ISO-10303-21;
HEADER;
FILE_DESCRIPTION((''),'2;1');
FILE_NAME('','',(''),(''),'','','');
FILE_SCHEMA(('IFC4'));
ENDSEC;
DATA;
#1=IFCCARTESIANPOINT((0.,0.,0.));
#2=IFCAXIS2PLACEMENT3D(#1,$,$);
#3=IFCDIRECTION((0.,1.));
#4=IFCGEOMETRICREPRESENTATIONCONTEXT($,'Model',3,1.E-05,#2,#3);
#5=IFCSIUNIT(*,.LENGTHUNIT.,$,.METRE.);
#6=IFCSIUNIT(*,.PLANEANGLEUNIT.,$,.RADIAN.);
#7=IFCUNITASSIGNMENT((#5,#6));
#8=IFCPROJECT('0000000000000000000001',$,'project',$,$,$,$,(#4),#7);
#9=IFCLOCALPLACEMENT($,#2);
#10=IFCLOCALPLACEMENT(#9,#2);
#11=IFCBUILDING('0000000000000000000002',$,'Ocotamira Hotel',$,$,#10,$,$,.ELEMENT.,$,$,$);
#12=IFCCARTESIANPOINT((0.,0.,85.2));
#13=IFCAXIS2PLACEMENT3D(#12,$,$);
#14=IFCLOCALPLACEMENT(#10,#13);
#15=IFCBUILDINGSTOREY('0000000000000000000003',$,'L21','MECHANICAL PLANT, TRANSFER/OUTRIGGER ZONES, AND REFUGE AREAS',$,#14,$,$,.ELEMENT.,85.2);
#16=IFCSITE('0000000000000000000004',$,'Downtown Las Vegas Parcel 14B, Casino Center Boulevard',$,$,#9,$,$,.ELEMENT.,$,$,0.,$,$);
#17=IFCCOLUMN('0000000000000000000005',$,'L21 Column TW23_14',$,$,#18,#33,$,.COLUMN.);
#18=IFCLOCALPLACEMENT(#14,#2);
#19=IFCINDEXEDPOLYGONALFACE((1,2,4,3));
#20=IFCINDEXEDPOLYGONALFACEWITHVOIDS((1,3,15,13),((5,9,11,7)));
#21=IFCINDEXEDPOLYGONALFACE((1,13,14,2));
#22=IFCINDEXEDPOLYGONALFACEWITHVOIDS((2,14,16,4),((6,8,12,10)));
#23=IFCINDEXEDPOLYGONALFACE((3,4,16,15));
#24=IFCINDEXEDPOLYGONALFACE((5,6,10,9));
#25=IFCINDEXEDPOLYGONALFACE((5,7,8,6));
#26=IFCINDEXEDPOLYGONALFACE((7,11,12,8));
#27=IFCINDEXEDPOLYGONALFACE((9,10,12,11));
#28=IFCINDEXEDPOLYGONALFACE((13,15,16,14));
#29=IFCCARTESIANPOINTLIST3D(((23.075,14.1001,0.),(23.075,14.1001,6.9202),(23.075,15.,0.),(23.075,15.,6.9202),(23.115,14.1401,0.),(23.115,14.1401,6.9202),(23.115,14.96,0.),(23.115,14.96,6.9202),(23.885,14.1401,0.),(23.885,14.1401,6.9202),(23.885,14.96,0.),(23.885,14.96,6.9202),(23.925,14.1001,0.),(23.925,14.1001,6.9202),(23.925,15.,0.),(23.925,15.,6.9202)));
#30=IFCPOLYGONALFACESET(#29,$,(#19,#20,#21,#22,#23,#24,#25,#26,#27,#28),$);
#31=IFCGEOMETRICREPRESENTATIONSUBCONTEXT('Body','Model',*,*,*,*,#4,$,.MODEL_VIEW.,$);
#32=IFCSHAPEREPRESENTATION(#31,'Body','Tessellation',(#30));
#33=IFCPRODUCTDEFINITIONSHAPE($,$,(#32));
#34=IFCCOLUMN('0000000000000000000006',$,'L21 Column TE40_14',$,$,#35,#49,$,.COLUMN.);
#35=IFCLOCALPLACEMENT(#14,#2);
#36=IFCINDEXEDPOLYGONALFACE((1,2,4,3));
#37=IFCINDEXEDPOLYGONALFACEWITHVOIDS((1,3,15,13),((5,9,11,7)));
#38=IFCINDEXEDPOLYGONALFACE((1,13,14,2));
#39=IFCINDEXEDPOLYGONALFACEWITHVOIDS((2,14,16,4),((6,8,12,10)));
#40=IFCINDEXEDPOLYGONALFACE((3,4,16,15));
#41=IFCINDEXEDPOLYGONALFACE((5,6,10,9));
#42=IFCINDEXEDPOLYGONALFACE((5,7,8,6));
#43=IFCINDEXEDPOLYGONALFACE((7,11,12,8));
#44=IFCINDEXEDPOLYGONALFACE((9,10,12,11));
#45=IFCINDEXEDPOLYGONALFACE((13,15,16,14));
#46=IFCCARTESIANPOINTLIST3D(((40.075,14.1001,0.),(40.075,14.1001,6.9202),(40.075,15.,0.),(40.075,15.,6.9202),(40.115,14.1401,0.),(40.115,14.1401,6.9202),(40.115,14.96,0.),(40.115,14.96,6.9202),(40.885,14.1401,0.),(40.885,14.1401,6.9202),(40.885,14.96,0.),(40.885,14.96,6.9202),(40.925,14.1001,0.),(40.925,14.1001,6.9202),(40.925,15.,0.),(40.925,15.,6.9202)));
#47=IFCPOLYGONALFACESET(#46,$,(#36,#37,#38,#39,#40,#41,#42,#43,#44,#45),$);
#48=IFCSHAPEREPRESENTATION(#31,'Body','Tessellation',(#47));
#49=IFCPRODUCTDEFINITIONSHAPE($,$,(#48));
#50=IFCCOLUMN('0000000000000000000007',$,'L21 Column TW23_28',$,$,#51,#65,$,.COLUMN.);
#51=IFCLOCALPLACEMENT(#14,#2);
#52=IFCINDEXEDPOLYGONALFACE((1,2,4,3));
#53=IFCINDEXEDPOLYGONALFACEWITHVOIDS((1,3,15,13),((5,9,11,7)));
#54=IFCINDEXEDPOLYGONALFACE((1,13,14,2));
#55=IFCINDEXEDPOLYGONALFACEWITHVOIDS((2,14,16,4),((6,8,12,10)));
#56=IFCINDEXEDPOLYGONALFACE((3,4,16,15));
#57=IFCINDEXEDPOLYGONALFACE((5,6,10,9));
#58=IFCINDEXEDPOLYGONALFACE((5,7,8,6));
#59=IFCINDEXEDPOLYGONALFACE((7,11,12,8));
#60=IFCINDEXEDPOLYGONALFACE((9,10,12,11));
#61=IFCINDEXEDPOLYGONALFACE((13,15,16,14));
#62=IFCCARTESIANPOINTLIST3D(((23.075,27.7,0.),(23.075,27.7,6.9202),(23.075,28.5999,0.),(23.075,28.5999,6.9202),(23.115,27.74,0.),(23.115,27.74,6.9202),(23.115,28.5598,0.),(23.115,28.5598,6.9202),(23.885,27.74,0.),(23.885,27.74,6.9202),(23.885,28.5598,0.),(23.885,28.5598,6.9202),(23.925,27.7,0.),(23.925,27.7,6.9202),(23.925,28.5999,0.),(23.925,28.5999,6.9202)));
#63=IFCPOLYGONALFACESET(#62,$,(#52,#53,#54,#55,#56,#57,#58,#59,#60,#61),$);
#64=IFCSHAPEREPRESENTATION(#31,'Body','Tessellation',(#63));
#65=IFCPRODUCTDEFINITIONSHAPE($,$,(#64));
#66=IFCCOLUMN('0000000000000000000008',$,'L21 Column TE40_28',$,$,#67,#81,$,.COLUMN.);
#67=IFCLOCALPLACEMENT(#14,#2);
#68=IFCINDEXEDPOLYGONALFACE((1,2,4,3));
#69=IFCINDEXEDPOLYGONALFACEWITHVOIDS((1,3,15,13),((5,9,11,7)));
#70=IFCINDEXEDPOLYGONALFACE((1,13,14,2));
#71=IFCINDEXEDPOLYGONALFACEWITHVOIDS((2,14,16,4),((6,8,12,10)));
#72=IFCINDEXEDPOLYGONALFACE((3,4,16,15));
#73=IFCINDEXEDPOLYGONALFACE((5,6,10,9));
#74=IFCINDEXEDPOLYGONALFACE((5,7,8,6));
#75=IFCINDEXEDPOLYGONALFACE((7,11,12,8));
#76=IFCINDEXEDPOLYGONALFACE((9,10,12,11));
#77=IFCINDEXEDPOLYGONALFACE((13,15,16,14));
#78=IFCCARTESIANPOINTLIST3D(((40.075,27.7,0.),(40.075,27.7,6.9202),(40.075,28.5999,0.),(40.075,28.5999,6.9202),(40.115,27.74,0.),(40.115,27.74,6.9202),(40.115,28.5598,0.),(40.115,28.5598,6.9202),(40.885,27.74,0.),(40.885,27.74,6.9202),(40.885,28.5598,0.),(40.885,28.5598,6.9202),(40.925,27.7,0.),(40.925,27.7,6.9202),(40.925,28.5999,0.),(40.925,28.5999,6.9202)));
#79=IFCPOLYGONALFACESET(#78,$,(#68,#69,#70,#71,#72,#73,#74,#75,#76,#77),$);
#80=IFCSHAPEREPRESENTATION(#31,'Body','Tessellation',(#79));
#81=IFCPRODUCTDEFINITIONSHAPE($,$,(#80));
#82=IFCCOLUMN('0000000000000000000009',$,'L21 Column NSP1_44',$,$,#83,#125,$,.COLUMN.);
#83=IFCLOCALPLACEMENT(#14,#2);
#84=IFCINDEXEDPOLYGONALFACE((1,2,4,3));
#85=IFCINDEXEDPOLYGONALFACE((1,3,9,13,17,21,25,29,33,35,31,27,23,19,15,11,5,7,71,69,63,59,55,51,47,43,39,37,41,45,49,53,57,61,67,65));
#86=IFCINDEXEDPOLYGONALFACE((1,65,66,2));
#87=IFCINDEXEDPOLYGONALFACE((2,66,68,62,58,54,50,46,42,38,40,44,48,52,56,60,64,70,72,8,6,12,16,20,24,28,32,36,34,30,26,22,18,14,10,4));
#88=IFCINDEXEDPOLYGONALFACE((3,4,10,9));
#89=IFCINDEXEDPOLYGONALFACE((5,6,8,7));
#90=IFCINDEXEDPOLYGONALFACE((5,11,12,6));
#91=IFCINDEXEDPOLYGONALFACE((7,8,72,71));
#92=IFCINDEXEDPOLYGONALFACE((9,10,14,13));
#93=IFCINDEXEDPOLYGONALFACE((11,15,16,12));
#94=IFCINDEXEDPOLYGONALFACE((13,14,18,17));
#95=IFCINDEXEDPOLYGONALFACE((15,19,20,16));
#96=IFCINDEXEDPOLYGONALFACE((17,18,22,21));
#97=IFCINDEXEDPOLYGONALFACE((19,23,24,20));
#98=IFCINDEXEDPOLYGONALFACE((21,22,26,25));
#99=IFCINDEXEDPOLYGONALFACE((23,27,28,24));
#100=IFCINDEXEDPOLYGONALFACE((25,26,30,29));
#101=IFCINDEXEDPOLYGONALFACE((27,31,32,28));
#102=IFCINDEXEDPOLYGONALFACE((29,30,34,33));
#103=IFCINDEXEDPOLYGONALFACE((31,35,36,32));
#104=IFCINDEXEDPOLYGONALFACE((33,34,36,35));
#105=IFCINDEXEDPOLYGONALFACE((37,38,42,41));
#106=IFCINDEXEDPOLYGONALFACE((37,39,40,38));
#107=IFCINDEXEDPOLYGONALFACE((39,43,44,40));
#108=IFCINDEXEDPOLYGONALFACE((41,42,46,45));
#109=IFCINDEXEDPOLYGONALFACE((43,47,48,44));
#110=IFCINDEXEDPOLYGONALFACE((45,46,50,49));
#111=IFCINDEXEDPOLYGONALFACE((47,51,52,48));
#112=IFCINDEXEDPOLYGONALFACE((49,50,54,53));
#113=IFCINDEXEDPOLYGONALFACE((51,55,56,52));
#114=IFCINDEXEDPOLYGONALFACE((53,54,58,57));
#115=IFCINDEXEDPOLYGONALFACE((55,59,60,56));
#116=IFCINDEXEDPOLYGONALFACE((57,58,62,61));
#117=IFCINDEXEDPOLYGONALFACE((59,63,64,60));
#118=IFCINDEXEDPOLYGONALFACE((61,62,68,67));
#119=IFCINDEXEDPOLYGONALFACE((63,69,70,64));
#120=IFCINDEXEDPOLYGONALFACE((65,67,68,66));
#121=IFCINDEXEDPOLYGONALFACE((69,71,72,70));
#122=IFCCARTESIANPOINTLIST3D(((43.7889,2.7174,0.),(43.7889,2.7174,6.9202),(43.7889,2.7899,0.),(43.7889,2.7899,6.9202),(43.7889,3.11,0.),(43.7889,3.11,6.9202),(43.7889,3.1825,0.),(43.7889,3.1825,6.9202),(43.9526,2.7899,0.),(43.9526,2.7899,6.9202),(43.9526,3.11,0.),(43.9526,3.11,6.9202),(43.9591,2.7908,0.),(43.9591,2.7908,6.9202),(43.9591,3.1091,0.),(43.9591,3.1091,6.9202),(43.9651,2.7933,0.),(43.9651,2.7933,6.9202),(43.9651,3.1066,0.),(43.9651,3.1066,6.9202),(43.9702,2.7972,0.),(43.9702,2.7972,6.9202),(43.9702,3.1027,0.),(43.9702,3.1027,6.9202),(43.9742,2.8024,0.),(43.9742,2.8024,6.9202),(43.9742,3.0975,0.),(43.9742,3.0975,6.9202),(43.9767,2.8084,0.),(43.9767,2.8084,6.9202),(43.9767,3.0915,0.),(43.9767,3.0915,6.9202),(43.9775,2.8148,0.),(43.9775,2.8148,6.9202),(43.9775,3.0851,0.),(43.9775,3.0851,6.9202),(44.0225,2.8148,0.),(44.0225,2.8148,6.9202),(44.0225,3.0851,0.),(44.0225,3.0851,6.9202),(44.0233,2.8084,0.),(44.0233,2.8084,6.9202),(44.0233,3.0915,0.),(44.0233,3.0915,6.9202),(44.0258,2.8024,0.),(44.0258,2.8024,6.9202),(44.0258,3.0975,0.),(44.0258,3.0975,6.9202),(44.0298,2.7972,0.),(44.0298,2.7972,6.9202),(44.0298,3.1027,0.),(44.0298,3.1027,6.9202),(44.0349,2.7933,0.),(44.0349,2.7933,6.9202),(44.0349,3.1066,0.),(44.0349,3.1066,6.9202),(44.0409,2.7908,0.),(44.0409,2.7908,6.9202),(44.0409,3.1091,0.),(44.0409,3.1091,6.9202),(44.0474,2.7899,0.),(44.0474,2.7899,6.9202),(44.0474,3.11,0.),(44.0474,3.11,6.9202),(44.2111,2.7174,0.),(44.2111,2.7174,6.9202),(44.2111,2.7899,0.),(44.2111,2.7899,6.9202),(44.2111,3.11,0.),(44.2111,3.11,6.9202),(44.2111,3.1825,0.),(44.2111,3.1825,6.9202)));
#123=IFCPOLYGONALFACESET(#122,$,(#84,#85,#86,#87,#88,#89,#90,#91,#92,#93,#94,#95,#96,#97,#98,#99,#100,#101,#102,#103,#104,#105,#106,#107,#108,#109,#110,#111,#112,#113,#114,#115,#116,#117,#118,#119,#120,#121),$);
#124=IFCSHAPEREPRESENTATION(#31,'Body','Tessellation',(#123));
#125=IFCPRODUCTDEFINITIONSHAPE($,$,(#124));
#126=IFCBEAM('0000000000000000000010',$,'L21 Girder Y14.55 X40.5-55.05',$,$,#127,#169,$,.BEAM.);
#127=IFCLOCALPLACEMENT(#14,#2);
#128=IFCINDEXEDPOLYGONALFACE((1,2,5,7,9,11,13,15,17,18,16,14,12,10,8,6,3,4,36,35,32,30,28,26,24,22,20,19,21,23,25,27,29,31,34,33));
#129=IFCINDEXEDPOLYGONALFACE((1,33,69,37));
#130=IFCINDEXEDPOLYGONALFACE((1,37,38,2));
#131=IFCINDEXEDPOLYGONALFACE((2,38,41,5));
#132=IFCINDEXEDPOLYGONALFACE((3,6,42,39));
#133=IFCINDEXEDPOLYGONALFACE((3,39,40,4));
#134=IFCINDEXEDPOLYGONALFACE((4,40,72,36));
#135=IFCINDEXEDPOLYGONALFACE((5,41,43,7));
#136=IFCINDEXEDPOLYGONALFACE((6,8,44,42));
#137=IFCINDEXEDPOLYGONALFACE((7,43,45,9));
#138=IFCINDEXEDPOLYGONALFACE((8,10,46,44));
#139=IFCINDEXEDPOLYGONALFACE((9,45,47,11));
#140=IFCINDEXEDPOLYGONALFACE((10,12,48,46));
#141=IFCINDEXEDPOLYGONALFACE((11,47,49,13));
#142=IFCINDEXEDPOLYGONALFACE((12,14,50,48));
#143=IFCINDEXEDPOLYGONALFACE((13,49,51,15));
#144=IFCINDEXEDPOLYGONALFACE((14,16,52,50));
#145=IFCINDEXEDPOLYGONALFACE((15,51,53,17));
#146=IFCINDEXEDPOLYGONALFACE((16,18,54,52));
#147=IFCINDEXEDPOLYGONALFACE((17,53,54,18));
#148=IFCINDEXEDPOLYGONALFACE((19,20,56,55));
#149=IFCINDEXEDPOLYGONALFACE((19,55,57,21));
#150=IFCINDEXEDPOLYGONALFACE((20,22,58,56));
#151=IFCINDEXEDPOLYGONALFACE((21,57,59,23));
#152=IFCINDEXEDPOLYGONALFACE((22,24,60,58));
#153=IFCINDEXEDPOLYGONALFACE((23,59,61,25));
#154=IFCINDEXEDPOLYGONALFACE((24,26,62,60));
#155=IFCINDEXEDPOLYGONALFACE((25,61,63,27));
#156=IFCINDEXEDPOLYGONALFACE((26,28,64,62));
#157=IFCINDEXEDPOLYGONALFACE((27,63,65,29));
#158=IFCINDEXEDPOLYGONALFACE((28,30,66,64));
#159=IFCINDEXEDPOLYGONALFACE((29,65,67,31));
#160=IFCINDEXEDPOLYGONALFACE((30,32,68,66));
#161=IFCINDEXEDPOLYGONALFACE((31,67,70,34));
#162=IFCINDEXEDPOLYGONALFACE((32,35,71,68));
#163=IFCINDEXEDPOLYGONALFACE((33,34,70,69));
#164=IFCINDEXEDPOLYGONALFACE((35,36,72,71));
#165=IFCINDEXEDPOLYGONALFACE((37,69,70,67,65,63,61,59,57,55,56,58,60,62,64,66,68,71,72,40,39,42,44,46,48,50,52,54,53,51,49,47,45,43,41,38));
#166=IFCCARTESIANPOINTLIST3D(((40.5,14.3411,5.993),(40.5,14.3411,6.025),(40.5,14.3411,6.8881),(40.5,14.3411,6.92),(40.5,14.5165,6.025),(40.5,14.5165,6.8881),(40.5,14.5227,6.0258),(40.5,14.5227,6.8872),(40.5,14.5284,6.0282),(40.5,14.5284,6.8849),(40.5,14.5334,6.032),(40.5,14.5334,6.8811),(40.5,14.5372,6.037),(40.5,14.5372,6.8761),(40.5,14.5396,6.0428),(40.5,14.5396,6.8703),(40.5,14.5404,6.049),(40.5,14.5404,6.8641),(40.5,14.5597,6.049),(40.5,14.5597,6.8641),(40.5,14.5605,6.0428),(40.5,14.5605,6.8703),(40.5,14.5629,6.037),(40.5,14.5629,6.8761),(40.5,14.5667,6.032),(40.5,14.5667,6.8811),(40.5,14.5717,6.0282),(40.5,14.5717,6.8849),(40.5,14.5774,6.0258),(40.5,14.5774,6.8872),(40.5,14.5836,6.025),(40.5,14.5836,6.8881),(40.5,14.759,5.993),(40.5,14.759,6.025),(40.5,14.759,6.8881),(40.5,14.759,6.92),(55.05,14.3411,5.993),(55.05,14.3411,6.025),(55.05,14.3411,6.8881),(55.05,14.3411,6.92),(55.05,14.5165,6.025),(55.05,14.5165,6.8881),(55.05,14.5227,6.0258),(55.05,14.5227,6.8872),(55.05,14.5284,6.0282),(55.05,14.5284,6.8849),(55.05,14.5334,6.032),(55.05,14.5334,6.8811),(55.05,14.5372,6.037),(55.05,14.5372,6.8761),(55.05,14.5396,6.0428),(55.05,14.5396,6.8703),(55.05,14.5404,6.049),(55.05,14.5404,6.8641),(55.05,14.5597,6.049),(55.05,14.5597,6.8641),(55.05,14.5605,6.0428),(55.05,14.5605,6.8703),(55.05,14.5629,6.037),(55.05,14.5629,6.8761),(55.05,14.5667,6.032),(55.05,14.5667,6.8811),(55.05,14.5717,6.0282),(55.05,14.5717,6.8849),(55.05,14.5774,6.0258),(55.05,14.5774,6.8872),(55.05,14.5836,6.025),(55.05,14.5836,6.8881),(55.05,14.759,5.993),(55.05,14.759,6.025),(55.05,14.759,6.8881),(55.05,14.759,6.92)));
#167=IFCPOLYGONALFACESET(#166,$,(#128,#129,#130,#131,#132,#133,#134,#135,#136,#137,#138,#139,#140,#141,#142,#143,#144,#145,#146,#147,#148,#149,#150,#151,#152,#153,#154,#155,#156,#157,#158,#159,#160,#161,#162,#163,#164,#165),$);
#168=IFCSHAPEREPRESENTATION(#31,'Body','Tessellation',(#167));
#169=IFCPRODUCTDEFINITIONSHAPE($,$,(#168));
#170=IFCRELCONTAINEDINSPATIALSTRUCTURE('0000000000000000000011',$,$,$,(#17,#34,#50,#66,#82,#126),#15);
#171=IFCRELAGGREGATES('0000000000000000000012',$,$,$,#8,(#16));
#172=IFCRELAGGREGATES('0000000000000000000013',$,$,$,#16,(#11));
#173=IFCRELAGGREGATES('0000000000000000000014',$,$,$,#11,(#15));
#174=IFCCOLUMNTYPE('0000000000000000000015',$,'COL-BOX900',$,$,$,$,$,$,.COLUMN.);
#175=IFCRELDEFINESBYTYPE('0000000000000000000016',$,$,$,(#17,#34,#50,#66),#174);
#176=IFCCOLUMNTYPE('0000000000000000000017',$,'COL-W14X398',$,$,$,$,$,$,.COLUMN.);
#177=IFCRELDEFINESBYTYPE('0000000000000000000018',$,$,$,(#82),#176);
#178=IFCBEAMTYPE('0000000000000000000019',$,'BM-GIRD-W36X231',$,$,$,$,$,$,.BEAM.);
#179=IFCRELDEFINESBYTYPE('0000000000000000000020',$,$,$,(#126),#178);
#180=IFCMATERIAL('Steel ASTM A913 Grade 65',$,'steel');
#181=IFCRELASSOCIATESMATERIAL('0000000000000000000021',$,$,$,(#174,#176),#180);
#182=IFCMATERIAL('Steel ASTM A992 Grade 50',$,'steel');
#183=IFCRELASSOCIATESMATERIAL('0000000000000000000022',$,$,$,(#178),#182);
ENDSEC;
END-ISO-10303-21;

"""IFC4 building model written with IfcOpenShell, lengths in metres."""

from ifc_helpers import new_model, si_unit, direction, frame, origin, origin_2d, place, context, subcontext, project, spatial, hollow_rectangle, i_section, extrude, source, transform, mapped, material, material_profile, profile_set, type_object, element, save


model = new_model("IFC4")

# Units and contexts
model_context = context("Model", 3, precision=1e-05, world=origin(), true_north=direction((0.0, 1.0)))
body_context = subcontext(model_context, "Body", "Model", "MODEL_VIEW")
ifc_project = project(units=[si_unit("LENGTHUNIT", "METRE"), si_unit("PLANEANGLEUNIT", "RADIAN")], contexts=[model_context])

# Site, building, storey
site_placement = place(None, origin())
site = spatial("IfcSite", under=ifc_project, at=site_placement, Name="Downtown Las Vegas Parcel 14B, Casino Center Boulevard", CompositionType="ELEMENT", RefElevation=0.0)
building_placement = place(site_placement, origin())
building = spatial("IfcBuilding", under=site, at=building_placement, Name="Ocotamira Hotel", CompositionType="ELEMENT")
storey_placement = place(building_placement, frame((0.0, 0.0, 85.2)))
storey = spatial("IfcBuildingStorey", under=building, at=storey_placement, Name="L21", Description="MECHANICAL PLANT, TRANSFER/OUTRIGGER ZONES, AND REFUGE AREAS", CompositionType="ELEMENT", Elevation=85.2)

# Columns
ifc_material_1 = material(Name="Steel ASTM A913 Grade 65", Category="steel")
ifc_material_profile_1 = material_profile(ifc_material_1, hollow_rectangle(XDim=0.8501, YDim=0.8999, WallThickness=0.04, at=origin_2d()), Name="BOX900X850X40")
ifc_profile_set_1 = profile_set([ifc_material_profile_1], Name="Steel ASTM A913 Grade 65")
column_type_1 = type_object("IfcColumnType", Name="COL-BOX900", PredefinedType="COLUMN", material=ifc_profile_set_1)
shared_shape_1 = source(origin(), body_context, "Body", "SweptSolid", [
    extrude(hollow_rectangle(XDim=0.8501, YDim=0.8999, WallThickness=0.04, at=origin_2d()), origin(), (0.0, 0.0, 1.0), 6.9202),
])
for number, where, z_axis, x_axis, name in (
    (1, (23.5, 14.55, 0.0), (0.0, 0.0, 1.0), (1.0, 0.0, 0.0), "L21 Column TW23_14"),
    (2, (40.5, 14.55, 0.0), (0.0, 0.0, 1.0), (1.0, 0.0, 0.0), "L21 Column TE40_14"),
    (3, (23.5, 28.1499, 0.0), (0.0, 0.0, 1.0), (1.0, 0.0, 0.0), "L21 Column TW23_28"),
    (4, (40.5, 28.1499, 0.0), (0.0, 0.0, 1.0), (1.0, 0.0, 0.0), "L21 Column TE40_28"),
):
    element("IfcColumn", number, at=place(storey_placement, frame(where, z_axis=z_axis, x_axis=x_axis)), inside=storey, type_object=column_type_1, Name=name, PredefinedType="COLUMN", context=body_context, shape_type="MappedRepresentation", body=[
        mapped(shared_shape_1, transform((0.0, 0.0, 0.0), scale=1.0)),
    ])
ifc_material_profile_2 = material_profile(ifc_material_1, i_section(OverallWidth=0.4221, OverallDepth=0.4651, WebThickness=0.0449, FlangeThickness=0.0725, FilletRadius=0.0249, at=origin_2d()), Name="W14X398")
ifc_profile_set_2 = profile_set([ifc_material_profile_2], Name="Steel ASTM A913 Grade 65")
column_type_2 = type_object("IfcColumnType", Name="COL-W14X398", PredefinedType="COLUMN", material=ifc_profile_set_2)
shared_shape_2 = source(origin(), body_context, "Body", "SweptSolid", [
    extrude(i_section(OverallWidth=0.4221, OverallDepth=0.4651, WebThickness=0.0449, FlangeThickness=0.0725, FilletRadius=0.0249, at=origin_2d()), origin(), (0.0, 0.0, 1.0), 6.9202),
])
column_placement = place(storey_placement, frame((44.0, 2.95, 0.0), z_axis=(0.0, 0.0, 1.0), x_axis=(1.0, 0.0, 0.0)))
element("IfcColumn", 5, at=column_placement, inside=storey, type_object=column_type_2, Name="L21 Column NSP1_44", PredefinedType="COLUMN", context=body_context, shape_type="MappedRepresentation", body=[
    mapped(shared_shape_2, transform((0.0, 0.0, 0.0), scale=1.0)),
])

# Beam
ifc_material_2 = material(Name="Steel ASTM A992 Grade 50", Category="steel")
ifc_material_profile_3 = material_profile(ifc_material_2, i_section(OverallWidth=0.418, OverallDepth=0.927, WebThickness=0.0193, FlangeThickness=0.032, FilletRadius=0.0239, at=origin_2d()), Name="W36X231")
ifc_profile_set_3 = profile_set([ifc_material_profile_3], Name="Steel ASTM A992 Grade 50")
beam_type_1 = type_object("IfcBeamType", Name="BM-GIRD-W36X231", PredefinedType="BEAM", material=ifc_profile_set_3)
shared_shape_3 = source(origin(), body_context, "Body", "SweptSolid", [
    extrude(i_section(OverallWidth=0.418, OverallDepth=0.927, WebThickness=0.0193, FlangeThickness=0.032, FilletRadius=0.0239, at=origin_2d()), origin(), (0.0, 0.0, 1.0), 14.55),
])
for number, where, z_axis, x_axis, name in (
    (6, (40.5, 14.55, 6.4565), (1.0, 0.0, 0.0), (0.0, 1.0, 0.0), "L21 Girder Y14.55 X40.5-55.05"),
):
    element("IfcBeam", number, at=place(storey_placement, frame(where, z_axis=z_axis, x_axis=x_axis)), inside=storey, type_object=beam_type_1, Name=name, PredefinedType="BEAM", context=body_context, shape_type="MappedRepresentation", body=[
        mapped(shared_shape_3, transform((0.0, 0.0, 0.0), scale=1.0)),
    ])

save(model, "model.ifc")
